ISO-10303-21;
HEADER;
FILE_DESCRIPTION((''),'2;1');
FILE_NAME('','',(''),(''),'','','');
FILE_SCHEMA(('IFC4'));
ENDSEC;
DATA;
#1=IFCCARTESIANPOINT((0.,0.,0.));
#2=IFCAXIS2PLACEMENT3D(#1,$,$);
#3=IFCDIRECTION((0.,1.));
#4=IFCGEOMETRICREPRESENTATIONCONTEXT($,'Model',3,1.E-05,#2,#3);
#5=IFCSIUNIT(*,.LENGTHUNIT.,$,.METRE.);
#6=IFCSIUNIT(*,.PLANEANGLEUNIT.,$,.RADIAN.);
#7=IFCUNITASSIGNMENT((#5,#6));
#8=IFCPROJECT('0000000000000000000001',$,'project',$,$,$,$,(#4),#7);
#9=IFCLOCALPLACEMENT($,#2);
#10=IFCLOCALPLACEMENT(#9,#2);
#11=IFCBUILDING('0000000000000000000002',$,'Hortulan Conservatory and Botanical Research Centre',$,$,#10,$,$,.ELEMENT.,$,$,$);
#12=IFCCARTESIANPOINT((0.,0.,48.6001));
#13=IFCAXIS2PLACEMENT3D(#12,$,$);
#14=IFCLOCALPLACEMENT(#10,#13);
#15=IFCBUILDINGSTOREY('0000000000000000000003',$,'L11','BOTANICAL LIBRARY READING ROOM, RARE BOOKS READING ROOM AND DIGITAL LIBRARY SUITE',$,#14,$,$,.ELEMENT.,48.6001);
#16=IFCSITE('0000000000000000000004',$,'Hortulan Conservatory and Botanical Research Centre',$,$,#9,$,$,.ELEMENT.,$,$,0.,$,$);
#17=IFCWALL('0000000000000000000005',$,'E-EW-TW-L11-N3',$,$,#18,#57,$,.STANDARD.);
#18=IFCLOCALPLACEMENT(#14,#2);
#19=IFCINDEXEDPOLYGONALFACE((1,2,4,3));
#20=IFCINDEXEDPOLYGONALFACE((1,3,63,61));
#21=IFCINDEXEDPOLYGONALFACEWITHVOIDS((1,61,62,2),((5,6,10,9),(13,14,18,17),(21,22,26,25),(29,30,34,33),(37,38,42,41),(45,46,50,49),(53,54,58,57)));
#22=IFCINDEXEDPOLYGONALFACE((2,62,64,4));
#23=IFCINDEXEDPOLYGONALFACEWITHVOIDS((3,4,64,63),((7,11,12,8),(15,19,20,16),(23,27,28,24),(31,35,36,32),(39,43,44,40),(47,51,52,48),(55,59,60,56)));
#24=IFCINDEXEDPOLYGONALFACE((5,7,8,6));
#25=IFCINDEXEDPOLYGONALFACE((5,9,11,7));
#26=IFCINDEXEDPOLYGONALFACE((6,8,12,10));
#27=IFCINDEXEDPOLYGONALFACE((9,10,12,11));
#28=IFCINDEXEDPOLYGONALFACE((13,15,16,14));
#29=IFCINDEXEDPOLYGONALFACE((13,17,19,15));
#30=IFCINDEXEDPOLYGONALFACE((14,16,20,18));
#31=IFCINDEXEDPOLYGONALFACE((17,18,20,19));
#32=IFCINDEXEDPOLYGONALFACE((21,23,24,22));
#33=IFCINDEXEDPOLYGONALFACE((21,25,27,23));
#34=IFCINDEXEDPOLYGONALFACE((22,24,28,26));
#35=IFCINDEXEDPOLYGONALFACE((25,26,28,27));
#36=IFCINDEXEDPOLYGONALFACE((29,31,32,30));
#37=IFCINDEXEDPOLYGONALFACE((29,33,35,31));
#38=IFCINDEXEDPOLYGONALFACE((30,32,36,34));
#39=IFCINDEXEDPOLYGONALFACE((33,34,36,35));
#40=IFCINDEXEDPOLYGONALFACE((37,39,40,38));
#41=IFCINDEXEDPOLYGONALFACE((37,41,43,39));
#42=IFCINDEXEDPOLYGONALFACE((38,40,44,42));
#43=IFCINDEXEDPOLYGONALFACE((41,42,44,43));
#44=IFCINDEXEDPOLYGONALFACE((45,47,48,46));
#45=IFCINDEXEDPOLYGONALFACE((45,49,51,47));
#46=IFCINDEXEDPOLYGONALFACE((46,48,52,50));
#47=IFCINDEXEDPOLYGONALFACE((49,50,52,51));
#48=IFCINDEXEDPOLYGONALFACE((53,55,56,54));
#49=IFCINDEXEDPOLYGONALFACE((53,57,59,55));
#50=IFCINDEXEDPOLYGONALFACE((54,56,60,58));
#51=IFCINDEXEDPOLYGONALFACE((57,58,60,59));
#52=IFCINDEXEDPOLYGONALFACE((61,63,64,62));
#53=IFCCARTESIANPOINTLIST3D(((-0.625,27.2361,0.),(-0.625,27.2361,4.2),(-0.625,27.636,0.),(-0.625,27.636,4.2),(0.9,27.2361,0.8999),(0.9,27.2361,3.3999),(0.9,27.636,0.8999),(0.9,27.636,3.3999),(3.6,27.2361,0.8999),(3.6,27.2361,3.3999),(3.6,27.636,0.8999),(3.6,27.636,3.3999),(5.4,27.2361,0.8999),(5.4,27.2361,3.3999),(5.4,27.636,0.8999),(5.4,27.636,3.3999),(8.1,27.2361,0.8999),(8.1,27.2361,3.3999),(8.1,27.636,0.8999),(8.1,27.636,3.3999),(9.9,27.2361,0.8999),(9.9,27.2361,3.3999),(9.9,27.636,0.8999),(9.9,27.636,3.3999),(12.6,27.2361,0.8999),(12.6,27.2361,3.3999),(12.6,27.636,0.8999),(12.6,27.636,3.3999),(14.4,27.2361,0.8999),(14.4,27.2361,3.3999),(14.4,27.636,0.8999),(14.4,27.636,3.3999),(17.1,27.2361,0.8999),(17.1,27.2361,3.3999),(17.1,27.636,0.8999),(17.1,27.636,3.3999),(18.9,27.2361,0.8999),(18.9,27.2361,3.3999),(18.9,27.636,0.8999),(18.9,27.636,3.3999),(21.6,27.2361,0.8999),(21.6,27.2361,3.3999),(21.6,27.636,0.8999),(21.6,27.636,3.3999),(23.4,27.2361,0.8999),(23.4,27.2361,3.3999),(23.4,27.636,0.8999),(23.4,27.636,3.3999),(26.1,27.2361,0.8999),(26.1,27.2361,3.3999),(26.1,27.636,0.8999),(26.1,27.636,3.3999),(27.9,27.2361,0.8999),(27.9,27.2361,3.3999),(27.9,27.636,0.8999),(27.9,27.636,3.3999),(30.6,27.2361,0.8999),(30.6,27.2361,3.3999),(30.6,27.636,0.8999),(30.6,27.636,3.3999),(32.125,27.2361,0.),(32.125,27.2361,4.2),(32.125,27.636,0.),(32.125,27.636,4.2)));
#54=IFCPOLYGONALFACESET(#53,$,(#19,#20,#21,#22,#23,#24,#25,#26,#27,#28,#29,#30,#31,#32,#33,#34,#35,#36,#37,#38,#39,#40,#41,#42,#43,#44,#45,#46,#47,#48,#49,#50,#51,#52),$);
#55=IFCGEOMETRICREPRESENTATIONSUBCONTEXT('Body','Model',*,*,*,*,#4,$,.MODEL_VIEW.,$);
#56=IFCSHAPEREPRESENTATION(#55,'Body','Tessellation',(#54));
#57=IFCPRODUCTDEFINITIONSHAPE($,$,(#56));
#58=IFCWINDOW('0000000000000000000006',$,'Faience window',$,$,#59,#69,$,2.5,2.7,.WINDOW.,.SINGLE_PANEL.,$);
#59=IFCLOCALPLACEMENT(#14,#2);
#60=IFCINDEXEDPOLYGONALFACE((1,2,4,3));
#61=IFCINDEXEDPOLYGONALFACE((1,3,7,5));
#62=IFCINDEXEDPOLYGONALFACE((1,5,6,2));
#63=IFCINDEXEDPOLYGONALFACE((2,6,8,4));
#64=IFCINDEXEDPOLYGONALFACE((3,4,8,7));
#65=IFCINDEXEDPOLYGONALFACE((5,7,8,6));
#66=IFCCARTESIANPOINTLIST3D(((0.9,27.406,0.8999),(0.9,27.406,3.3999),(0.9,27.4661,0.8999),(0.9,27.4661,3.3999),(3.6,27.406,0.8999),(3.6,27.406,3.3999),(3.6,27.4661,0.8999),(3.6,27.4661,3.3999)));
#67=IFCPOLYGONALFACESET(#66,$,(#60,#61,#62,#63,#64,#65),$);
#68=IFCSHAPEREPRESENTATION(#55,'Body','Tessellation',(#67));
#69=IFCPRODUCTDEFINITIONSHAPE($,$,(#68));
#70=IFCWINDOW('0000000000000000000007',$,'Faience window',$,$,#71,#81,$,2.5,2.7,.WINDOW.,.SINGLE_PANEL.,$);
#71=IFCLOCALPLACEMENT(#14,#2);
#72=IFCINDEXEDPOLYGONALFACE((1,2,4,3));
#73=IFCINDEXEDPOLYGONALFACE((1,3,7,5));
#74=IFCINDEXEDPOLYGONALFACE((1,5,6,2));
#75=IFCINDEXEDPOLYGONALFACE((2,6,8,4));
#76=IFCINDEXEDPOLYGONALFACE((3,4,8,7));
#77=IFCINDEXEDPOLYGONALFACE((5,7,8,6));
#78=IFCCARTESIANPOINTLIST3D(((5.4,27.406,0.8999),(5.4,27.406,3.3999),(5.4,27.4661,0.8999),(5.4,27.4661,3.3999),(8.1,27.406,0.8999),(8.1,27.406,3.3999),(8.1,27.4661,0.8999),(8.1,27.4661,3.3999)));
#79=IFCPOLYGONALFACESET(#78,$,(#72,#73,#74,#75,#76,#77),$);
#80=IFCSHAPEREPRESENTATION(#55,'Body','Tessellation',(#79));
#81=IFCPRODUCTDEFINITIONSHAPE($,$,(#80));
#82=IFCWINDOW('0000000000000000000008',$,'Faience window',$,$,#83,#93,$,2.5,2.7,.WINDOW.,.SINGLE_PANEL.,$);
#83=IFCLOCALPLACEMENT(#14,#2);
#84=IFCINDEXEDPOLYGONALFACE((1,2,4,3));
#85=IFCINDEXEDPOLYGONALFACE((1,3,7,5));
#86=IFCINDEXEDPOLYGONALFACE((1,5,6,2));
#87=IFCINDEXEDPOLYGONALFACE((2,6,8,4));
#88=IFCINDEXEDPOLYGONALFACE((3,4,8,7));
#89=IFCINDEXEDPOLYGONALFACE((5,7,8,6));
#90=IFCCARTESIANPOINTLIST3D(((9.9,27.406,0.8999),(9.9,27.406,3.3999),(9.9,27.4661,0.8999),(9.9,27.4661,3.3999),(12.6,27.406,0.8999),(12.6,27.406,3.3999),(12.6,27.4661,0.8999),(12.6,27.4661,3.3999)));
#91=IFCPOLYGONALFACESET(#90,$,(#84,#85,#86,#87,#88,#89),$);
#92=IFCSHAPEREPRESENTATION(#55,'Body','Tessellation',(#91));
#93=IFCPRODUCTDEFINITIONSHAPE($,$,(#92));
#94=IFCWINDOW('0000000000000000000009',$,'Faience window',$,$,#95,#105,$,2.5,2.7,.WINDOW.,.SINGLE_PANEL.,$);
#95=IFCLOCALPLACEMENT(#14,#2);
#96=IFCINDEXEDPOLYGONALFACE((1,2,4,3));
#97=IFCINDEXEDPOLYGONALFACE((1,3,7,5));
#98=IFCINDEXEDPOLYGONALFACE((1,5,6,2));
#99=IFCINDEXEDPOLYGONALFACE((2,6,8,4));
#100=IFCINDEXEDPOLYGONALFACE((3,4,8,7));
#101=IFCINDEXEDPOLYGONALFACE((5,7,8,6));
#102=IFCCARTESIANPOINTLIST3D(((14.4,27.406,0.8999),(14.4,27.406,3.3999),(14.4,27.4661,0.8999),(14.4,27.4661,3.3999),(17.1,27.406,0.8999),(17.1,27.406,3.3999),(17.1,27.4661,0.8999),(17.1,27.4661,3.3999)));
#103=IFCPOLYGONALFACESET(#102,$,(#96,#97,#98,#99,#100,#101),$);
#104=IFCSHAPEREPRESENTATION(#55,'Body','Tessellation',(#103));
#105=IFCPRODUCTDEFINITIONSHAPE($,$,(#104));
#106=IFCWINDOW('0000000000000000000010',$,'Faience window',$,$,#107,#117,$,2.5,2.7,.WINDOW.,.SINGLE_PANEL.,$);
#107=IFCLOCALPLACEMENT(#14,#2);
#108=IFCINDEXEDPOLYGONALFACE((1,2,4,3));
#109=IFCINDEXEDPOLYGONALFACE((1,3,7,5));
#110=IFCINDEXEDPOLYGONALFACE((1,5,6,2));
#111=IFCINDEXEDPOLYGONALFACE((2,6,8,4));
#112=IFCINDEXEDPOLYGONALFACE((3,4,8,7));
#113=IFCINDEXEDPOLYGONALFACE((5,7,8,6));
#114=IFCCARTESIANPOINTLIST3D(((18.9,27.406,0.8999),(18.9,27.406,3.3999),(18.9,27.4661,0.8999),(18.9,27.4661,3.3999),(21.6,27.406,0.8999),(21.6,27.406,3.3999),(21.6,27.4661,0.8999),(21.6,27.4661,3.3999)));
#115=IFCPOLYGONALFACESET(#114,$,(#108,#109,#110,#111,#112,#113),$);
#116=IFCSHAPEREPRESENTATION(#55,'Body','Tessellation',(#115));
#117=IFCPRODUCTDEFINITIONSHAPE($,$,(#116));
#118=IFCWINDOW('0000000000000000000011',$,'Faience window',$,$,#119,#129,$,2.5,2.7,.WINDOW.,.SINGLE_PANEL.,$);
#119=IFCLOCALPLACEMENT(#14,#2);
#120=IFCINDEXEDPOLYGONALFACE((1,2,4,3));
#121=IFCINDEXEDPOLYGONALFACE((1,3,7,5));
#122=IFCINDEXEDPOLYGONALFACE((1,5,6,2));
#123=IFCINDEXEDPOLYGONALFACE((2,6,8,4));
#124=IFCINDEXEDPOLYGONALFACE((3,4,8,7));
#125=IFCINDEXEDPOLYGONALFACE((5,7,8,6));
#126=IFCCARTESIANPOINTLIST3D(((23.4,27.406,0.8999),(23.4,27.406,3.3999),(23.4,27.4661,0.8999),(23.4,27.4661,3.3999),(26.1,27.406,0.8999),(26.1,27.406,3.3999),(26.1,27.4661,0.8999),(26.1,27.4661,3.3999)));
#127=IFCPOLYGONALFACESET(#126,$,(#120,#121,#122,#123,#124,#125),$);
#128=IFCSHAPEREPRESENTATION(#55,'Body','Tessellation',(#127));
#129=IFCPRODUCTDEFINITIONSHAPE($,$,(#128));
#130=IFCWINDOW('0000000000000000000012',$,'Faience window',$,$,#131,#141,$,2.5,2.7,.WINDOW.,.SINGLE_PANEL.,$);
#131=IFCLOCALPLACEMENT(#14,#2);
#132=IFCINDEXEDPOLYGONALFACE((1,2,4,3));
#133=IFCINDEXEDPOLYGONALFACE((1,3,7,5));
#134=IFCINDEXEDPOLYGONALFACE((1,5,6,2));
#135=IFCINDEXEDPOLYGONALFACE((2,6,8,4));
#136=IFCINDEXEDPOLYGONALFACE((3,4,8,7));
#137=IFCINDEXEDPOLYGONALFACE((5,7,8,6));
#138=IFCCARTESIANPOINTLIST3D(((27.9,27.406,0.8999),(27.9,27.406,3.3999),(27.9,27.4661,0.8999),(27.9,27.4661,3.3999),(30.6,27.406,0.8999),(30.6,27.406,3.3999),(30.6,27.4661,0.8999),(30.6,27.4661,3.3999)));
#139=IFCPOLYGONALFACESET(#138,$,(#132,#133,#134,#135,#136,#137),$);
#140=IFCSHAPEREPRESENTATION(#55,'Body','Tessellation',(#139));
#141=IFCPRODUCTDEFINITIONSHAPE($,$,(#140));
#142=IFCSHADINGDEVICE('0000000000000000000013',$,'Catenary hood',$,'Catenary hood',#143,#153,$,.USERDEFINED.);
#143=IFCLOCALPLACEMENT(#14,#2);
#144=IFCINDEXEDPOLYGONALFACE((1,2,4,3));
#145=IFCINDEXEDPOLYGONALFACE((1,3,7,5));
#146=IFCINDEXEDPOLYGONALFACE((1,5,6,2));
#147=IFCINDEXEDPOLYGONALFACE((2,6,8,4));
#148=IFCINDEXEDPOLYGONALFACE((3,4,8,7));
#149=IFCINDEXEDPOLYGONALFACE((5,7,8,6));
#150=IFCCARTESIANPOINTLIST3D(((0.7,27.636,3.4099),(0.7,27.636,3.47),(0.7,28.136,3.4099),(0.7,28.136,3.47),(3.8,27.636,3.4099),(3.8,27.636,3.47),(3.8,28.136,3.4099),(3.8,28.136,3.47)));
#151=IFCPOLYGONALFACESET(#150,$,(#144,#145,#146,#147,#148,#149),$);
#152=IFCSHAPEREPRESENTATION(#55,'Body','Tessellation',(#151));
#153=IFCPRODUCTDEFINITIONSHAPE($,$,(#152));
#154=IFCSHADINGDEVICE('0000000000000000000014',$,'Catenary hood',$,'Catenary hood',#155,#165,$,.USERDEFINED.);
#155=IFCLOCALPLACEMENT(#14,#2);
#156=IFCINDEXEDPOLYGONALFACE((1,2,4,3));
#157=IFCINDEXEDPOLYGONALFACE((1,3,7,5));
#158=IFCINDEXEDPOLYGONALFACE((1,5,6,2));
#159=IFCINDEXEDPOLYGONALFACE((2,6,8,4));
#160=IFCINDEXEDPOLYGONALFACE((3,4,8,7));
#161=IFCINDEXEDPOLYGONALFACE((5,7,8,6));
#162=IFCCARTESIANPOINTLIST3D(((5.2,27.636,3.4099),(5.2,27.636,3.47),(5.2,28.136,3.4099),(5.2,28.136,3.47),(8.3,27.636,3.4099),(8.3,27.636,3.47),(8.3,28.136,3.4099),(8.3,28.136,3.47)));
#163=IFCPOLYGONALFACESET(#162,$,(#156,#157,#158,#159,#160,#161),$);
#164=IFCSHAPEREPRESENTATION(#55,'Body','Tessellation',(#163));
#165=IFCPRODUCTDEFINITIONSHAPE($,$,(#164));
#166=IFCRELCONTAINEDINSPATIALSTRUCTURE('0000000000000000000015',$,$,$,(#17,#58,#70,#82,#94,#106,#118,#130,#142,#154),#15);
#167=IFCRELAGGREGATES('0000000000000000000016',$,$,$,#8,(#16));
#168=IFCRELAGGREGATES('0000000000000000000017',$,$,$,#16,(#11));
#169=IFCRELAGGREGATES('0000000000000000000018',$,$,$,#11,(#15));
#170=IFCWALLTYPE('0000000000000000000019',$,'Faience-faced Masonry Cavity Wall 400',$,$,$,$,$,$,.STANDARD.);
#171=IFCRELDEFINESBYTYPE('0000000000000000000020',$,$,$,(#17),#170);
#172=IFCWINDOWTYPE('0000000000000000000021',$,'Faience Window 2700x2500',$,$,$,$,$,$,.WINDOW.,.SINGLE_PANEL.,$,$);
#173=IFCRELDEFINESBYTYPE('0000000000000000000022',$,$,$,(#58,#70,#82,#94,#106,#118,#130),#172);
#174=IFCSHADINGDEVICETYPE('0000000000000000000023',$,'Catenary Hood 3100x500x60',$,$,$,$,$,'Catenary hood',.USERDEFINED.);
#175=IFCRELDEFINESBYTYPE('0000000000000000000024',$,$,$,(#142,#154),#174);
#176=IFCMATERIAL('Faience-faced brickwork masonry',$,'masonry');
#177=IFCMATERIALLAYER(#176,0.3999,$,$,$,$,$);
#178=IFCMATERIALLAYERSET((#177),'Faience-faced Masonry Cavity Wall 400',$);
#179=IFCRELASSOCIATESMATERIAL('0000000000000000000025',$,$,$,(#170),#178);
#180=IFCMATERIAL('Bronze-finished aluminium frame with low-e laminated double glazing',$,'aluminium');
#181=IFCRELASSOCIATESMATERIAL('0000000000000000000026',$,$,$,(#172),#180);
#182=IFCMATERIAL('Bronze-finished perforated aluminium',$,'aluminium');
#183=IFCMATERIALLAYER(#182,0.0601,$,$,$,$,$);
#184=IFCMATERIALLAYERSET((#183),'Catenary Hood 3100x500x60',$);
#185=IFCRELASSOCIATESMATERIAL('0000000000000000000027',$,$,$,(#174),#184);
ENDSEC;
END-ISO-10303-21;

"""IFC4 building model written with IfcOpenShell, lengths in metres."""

from ifc_helpers import new_model, si_unit, direction, frame, frame_2d, origin, origin_2d, place, context, subcontext, project, spatial, rectangle, extrude, material, layer, layer_set, type_object, element, fill, save


model = new_model("IFC4")

# Units and contexts
model_context = context("Model", 3, precision=1e-05, world=origin(), true_north=direction((0.0, 1.0)))
body_context = subcontext(model_context, "Body", "Model", "MODEL_VIEW")
ifc_project = project(units=[si_unit("LENGTHUNIT", "METRE"), si_unit("PLANEANGLEUNIT", "RADIAN")], contexts=[model_context])

# Site, building, storey
site_placement = place(None, origin())
site = spatial("IfcSite", under=ifc_project, at=site_placement, Name="Hortulan Conservatory and Botanical Research Centre", CompositionType="ELEMENT", RefElevation=0.0)
building_placement = place(site_placement, origin())
building = spatial("IfcBuilding", under=site, at=building_placement, Name="Hortulan Conservatory and Botanical Research Centre", CompositionType="ELEMENT")
storey_placement = place(building_placement, frame((0.0, 0.0, 48.6001)))
storey = spatial("IfcBuildingStorey", under=building, at=storey_placement, Name="L11", Description="BOTANICAL LIBRARY READING ROOM, RARE BOOKS READING ROOM AND DIGITAL LIBRARY SUITE", CompositionType="ELEMENT", Elevation=48.6001)

# Wall, openings, windows
ifc_material_1 = material(Name="Faience-faced brickwork masonry", Category="masonry")
ifc_layer_1 = layer(ifc_material_1, 0.3999)
ifc_layer_set_1 = layer_set([ifc_layer_1], Name="Faience-faced Masonry Cavity Wall 400")
wall_type = type_object("IfcWallType", Name="Faience-faced Masonry Cavity Wall 400", PredefinedType="STANDARD", material=ifc_layer_set_1)
wall_placement = place(storey_placement, frame((-0.625, 27.436, 0.0), z_axis=(0.0, 0.0, 1.0), x_axis=(1.0, 0.0, 0.0)))
wall = element("IfcWall", 1, at=wall_placement, inside=storey, type_object=wall_type, Name="E-EW-TW-L11-N3", PredefinedType="STANDARD", context=body_context, shape_type="SweptSolid", body=[
    extrude(rectangle(XDim=32.75, YDim=0.3999, at=frame_2d((16.375, 0.0))), origin(), (0.0, 0.0, 1.0), 4.2),
])
opening_1_placement = place(wall_placement, frame((1.5249, 0.0, 0.8999)))
opening_1 = element("IfcOpeningElement", 2, at=opening_1_placement, cuts=wall, PredefinedType="OPENING", context=body_context, shape_type="SweptSolid", body=[
    extrude(rectangle(XDim=2.7, YDim=2.5, at=frame_2d((1.3501, 1.25))), frame((0.0, 0.21, 0.0), z_axis=(0.0, -1.0, 0.0), x_axis=(1.0, 0.0, 0.0)), (0.0, 0.0, 1.0), 0.4199),
])
opening_2_placement = place(wall_placement, frame((6.0249, 0.0, 0.8999)))
opening_2 = element("IfcOpeningElement", 3, at=opening_2_placement, cuts=wall, PredefinedType="OPENING", context=body_context, shape_type="SweptSolid", body=[
    extrude(rectangle(XDim=2.7, YDim=2.5, at=frame_2d((1.3501, 1.25))), frame((0.0, 0.21, 0.0), z_axis=(0.0, -1.0, 0.0), x_axis=(1.0, 0.0, 0.0)), (0.0, 0.0, 1.0), 0.4199),
])
opening_3_placement = place(wall_placement, frame((10.5249, 0.0, 0.8999)))
opening_3 = element("IfcOpeningElement", 4, at=opening_3_placement, cuts=wall, PredefinedType="OPENING", context=body_context, shape_type="SweptSolid", body=[
    extrude(rectangle(XDim=2.7, YDim=2.5, at=frame_2d((1.3501, 1.25))), frame((0.0, 0.21, 0.0), z_axis=(0.0, -1.0, 0.0), x_axis=(1.0, 0.0, 0.0)), (0.0, 0.0, 1.0), 0.4199),
])
opening_4_placement = place(wall_placement, frame((15.0249, 0.0, 0.8999)))
opening_4 = element("IfcOpeningElement", 5, at=opening_4_placement, cuts=wall, PredefinedType="OPENING", context=body_context, shape_type="SweptSolid", body=[
    extrude(rectangle(XDim=2.7, YDim=2.5, at=frame_2d((1.3501, 1.25))), frame((0.0, 0.21, 0.0), z_axis=(0.0, -1.0, 0.0), x_axis=(1.0, 0.0, 0.0)), (0.0, 0.0, 1.0), 0.4199),
])
opening_5_placement = place(wall_placement, frame((19.5249, 0.0, 0.8999)))
opening_5 = element("IfcOpeningElement", 6, at=opening_5_placement, cuts=wall, PredefinedType="OPENING", context=body_context, shape_type="SweptSolid", body=[
    extrude(rectangle(XDim=2.7, YDim=2.5, at=frame_2d((1.3501, 1.25))), frame((0.0, 0.21, 0.0), z_axis=(0.0, -1.0, 0.0), x_axis=(1.0, 0.0, 0.0)), (0.0, 0.0, 1.0), 0.4199),
])
opening_6_placement = place(wall_placement, frame((24.0249, 0.0, 0.8999)))
opening_6 = element("IfcOpeningElement", 7, at=opening_6_placement, cuts=wall, PredefinedType="OPENING", context=body_context, shape_type="SweptSolid", body=[
    extrude(rectangle(XDim=2.7, YDim=2.5, at=frame_2d((1.3501, 1.25))), frame((0.0, 0.21, 0.0), z_axis=(0.0, -1.0, 0.0), x_axis=(1.0, 0.0, 0.0)), (0.0, 0.0, 1.0), 0.4199),
])
opening_7_placement = place(wall_placement, frame((28.5249, 0.0, 0.8999)))
opening_7 = element("IfcOpeningElement", 8, at=opening_7_placement, cuts=wall, PredefinedType="OPENING", context=body_context, shape_type="SweptSolid", body=[
    extrude(rectangle(XDim=2.7, YDim=2.5, at=frame_2d((1.3501, 1.25))), frame((0.0, 0.21, 0.0), z_axis=(0.0, -1.0, 0.0), x_axis=(1.0, 0.0, 0.0)), (0.0, 0.0, 1.0), 0.4199),
])
ifc_material_2 = material(Name="Bronze-finished aluminium frame with low-e laminated double glazing", Category="aluminium")
window_type = type_object("IfcWindowType", Name="Faience Window 2700x2500", PartitioningType="SINGLE_PANEL", PredefinedType="WINDOW", material=ifc_material_2)
window_1_placement = place(opening_1_placement, origin())
window_1 = element("IfcWindow", 9, at=window_1_placement, inside=storey, type_object=window_type, Name="Faience window", OverallHeight=2.5, OverallWidth=2.7, PartitioningType="SINGLE_PANEL", PredefinedType="WINDOW", context=body_context, shape_type="SweptSolid", body=[
    extrude(rectangle(XDim=2.7, YDim=2.5, at=frame_2d((1.3501, 1.25))), frame((0.0, 0.03, 0.0), z_axis=(0.0, -1.0, 0.0), x_axis=(1.0, 0.0, 0.0)), (0.0, 0.0, 1.0), 0.0601),
])
fill(opening_1, window_1)
window_2_placement = place(opening_2_placement, origin())
window_2 = element("IfcWindow", 10, at=window_2_placement, inside=storey, type_object=window_type, Name="Faience window", OverallHeight=2.5, OverallWidth=2.7, PartitioningType="SINGLE_PANEL", PredefinedType="WINDOW", context=body_context, shape_type="SweptSolid", body=[
    extrude(rectangle(XDim=2.7, YDim=2.5, at=frame_2d((1.3501, 1.25))), frame((0.0, 0.03, 0.0), z_axis=(0.0, -1.0, 0.0), x_axis=(1.0, 0.0, 0.0)), (0.0, 0.0, 1.0), 0.0601),
])
fill(opening_2, window_2)
window_3_placement = place(opening_3_placement, origin())
window_3 = element("IfcWindow", 11, at=window_3_placement, inside=storey, type_object=window_type, Name="Faience window", OverallHeight=2.5, OverallWidth=2.7, PartitioningType="SINGLE_PANEL", PredefinedType="WINDOW", context=body_context, shape_type="SweptSolid", body=[
    extrude(rectangle(XDim=2.7, YDim=2.5, at=frame_2d((1.3501, 1.25))), frame((0.0, 0.03, 0.0), z_axis=(0.0, -1.0, 0.0), x_axis=(1.0, 0.0, 0.0)), (0.0, 0.0, 1.0), 0.0601),
])
fill(opening_3, window_3)
window_4_placement = place(opening_4_placement, origin())
window_4 = element("IfcWindow", 12, at=window_4_placement, inside=storey, type_object=window_type, Name="Faience window", OverallHeight=2.5, OverallWidth=2.7, PartitioningType="SINGLE_PANEL", PredefinedType="WINDOW", context=body_context, shape_type="SweptSolid", body=[
    extrude(rectangle(XDim=2.7, YDim=2.5, at=frame_2d((1.3501, 1.25))), frame((0.0, 0.03, 0.0), z_axis=(0.0, -1.0, 0.0), x_axis=(1.0, 0.0, 0.0)), (0.0, 0.0, 1.0), 0.0601),
])
fill(opening_4, window_4)
window_5_placement = place(opening_5_placement, origin())
window_5 = element("IfcWindow", 13, at=window_5_placement, inside=storey, type_object=window_type, Name="Faience window", OverallHeight=2.5, OverallWidth=2.7, PartitioningType="SINGLE_PANEL", PredefinedType="WINDOW", context=body_context, shape_type="SweptSolid", body=[
    extrude(rectangle(XDim=2.7, YDim=2.5, at=frame_2d((1.3501, 1.25))), frame((0.0, 0.03, 0.0), z_axis=(0.0, -1.0, 0.0), x_axis=(1.0, 0.0, 0.0)), (0.0, 0.0, 1.0), 0.0601),
])
fill(opening_5, window_5)
window_6_placement = place(opening_6_placement, origin())
window_6 = element("IfcWindow", 14, at=window_6_placement, inside=storey, type_object=window_type, Name="Faience window", OverallHeight=2.5, OverallWidth=2.7, PartitioningType="SINGLE_PANEL", PredefinedType="WINDOW", context=body_context, shape_type="SweptSolid", body=[
    extrude(rectangle(XDim=2.7, YDim=2.5, at=frame_2d((1.3501, 1.25))), frame((0.0, 0.03, 0.0), z_axis=(0.0, -1.0, 0.0), x_axis=(1.0, 0.0, 0.0)), (0.0, 0.0, 1.0), 0.0601),
])
fill(opening_6, window_6)
window_7_placement = place(opening_7_placement, origin())
window_7 = element("IfcWindow", 15, at=window_7_placement, inside=storey, type_object=window_type, Name="Faience window", OverallHeight=2.5, OverallWidth=2.7, PartitioningType="SINGLE_PANEL", PredefinedType="WINDOW", context=body_context, shape_type="SweptSolid", body=[
    extrude(rectangle(XDim=2.7, YDim=2.5, at=frame_2d((1.3501, 1.25))), frame((0.0, 0.03, 0.0), z_axis=(0.0, -1.0, 0.0), x_axis=(1.0, 0.0, 0.0)), (0.0, 0.0, 1.0), 0.0601),
])
fill(opening_7, window_7)

# Shading devices
ifc_material_3 = material(Name="Bronze-finished perforated aluminium", Category="aluminium")
ifc_layer_2 = layer(ifc_material_3, 0.0601)
ifc_layer_set_2 = layer_set([ifc_layer_2], Name="Catenary Hood 3100x500x60")
shading_device_type = type_object("IfcShadingDeviceType", Name="Catenary Hood 3100x500x60", ElementType="Catenary hood", PredefinedType="USERDEFINED", material=ifc_layer_set_2)
for number, where, z_axis, x_axis, name in (
    (16, (2.25, 27.886, 3.4099), (0.0, 0.0, 1.0), (1.0, 0.0, 0.0), "Catenary hood"),
    (17, (6.75, 27.886, 3.4099), (0.0, 0.0, 1.0), (1.0, 0.0, 0.0), "Catenary hood"),
):
    element("IfcShadingDevice", number, at=place(storey_placement, frame(where, z_axis=z_axis, x_axis=x_axis)), inside=storey, type_object=shading_device_type, Name=name, ObjectType="Catenary hood", PredefinedType="USERDEFINED", context=body_context, shape_type="SweptSolid", body=[
        extrude(rectangle(XDim=3.1001, YDim=0.5, at=origin_2d()), origin(), (0.0, 0.0, 1.0), 0.0601),
    ])

save(model, "model.ifc")
